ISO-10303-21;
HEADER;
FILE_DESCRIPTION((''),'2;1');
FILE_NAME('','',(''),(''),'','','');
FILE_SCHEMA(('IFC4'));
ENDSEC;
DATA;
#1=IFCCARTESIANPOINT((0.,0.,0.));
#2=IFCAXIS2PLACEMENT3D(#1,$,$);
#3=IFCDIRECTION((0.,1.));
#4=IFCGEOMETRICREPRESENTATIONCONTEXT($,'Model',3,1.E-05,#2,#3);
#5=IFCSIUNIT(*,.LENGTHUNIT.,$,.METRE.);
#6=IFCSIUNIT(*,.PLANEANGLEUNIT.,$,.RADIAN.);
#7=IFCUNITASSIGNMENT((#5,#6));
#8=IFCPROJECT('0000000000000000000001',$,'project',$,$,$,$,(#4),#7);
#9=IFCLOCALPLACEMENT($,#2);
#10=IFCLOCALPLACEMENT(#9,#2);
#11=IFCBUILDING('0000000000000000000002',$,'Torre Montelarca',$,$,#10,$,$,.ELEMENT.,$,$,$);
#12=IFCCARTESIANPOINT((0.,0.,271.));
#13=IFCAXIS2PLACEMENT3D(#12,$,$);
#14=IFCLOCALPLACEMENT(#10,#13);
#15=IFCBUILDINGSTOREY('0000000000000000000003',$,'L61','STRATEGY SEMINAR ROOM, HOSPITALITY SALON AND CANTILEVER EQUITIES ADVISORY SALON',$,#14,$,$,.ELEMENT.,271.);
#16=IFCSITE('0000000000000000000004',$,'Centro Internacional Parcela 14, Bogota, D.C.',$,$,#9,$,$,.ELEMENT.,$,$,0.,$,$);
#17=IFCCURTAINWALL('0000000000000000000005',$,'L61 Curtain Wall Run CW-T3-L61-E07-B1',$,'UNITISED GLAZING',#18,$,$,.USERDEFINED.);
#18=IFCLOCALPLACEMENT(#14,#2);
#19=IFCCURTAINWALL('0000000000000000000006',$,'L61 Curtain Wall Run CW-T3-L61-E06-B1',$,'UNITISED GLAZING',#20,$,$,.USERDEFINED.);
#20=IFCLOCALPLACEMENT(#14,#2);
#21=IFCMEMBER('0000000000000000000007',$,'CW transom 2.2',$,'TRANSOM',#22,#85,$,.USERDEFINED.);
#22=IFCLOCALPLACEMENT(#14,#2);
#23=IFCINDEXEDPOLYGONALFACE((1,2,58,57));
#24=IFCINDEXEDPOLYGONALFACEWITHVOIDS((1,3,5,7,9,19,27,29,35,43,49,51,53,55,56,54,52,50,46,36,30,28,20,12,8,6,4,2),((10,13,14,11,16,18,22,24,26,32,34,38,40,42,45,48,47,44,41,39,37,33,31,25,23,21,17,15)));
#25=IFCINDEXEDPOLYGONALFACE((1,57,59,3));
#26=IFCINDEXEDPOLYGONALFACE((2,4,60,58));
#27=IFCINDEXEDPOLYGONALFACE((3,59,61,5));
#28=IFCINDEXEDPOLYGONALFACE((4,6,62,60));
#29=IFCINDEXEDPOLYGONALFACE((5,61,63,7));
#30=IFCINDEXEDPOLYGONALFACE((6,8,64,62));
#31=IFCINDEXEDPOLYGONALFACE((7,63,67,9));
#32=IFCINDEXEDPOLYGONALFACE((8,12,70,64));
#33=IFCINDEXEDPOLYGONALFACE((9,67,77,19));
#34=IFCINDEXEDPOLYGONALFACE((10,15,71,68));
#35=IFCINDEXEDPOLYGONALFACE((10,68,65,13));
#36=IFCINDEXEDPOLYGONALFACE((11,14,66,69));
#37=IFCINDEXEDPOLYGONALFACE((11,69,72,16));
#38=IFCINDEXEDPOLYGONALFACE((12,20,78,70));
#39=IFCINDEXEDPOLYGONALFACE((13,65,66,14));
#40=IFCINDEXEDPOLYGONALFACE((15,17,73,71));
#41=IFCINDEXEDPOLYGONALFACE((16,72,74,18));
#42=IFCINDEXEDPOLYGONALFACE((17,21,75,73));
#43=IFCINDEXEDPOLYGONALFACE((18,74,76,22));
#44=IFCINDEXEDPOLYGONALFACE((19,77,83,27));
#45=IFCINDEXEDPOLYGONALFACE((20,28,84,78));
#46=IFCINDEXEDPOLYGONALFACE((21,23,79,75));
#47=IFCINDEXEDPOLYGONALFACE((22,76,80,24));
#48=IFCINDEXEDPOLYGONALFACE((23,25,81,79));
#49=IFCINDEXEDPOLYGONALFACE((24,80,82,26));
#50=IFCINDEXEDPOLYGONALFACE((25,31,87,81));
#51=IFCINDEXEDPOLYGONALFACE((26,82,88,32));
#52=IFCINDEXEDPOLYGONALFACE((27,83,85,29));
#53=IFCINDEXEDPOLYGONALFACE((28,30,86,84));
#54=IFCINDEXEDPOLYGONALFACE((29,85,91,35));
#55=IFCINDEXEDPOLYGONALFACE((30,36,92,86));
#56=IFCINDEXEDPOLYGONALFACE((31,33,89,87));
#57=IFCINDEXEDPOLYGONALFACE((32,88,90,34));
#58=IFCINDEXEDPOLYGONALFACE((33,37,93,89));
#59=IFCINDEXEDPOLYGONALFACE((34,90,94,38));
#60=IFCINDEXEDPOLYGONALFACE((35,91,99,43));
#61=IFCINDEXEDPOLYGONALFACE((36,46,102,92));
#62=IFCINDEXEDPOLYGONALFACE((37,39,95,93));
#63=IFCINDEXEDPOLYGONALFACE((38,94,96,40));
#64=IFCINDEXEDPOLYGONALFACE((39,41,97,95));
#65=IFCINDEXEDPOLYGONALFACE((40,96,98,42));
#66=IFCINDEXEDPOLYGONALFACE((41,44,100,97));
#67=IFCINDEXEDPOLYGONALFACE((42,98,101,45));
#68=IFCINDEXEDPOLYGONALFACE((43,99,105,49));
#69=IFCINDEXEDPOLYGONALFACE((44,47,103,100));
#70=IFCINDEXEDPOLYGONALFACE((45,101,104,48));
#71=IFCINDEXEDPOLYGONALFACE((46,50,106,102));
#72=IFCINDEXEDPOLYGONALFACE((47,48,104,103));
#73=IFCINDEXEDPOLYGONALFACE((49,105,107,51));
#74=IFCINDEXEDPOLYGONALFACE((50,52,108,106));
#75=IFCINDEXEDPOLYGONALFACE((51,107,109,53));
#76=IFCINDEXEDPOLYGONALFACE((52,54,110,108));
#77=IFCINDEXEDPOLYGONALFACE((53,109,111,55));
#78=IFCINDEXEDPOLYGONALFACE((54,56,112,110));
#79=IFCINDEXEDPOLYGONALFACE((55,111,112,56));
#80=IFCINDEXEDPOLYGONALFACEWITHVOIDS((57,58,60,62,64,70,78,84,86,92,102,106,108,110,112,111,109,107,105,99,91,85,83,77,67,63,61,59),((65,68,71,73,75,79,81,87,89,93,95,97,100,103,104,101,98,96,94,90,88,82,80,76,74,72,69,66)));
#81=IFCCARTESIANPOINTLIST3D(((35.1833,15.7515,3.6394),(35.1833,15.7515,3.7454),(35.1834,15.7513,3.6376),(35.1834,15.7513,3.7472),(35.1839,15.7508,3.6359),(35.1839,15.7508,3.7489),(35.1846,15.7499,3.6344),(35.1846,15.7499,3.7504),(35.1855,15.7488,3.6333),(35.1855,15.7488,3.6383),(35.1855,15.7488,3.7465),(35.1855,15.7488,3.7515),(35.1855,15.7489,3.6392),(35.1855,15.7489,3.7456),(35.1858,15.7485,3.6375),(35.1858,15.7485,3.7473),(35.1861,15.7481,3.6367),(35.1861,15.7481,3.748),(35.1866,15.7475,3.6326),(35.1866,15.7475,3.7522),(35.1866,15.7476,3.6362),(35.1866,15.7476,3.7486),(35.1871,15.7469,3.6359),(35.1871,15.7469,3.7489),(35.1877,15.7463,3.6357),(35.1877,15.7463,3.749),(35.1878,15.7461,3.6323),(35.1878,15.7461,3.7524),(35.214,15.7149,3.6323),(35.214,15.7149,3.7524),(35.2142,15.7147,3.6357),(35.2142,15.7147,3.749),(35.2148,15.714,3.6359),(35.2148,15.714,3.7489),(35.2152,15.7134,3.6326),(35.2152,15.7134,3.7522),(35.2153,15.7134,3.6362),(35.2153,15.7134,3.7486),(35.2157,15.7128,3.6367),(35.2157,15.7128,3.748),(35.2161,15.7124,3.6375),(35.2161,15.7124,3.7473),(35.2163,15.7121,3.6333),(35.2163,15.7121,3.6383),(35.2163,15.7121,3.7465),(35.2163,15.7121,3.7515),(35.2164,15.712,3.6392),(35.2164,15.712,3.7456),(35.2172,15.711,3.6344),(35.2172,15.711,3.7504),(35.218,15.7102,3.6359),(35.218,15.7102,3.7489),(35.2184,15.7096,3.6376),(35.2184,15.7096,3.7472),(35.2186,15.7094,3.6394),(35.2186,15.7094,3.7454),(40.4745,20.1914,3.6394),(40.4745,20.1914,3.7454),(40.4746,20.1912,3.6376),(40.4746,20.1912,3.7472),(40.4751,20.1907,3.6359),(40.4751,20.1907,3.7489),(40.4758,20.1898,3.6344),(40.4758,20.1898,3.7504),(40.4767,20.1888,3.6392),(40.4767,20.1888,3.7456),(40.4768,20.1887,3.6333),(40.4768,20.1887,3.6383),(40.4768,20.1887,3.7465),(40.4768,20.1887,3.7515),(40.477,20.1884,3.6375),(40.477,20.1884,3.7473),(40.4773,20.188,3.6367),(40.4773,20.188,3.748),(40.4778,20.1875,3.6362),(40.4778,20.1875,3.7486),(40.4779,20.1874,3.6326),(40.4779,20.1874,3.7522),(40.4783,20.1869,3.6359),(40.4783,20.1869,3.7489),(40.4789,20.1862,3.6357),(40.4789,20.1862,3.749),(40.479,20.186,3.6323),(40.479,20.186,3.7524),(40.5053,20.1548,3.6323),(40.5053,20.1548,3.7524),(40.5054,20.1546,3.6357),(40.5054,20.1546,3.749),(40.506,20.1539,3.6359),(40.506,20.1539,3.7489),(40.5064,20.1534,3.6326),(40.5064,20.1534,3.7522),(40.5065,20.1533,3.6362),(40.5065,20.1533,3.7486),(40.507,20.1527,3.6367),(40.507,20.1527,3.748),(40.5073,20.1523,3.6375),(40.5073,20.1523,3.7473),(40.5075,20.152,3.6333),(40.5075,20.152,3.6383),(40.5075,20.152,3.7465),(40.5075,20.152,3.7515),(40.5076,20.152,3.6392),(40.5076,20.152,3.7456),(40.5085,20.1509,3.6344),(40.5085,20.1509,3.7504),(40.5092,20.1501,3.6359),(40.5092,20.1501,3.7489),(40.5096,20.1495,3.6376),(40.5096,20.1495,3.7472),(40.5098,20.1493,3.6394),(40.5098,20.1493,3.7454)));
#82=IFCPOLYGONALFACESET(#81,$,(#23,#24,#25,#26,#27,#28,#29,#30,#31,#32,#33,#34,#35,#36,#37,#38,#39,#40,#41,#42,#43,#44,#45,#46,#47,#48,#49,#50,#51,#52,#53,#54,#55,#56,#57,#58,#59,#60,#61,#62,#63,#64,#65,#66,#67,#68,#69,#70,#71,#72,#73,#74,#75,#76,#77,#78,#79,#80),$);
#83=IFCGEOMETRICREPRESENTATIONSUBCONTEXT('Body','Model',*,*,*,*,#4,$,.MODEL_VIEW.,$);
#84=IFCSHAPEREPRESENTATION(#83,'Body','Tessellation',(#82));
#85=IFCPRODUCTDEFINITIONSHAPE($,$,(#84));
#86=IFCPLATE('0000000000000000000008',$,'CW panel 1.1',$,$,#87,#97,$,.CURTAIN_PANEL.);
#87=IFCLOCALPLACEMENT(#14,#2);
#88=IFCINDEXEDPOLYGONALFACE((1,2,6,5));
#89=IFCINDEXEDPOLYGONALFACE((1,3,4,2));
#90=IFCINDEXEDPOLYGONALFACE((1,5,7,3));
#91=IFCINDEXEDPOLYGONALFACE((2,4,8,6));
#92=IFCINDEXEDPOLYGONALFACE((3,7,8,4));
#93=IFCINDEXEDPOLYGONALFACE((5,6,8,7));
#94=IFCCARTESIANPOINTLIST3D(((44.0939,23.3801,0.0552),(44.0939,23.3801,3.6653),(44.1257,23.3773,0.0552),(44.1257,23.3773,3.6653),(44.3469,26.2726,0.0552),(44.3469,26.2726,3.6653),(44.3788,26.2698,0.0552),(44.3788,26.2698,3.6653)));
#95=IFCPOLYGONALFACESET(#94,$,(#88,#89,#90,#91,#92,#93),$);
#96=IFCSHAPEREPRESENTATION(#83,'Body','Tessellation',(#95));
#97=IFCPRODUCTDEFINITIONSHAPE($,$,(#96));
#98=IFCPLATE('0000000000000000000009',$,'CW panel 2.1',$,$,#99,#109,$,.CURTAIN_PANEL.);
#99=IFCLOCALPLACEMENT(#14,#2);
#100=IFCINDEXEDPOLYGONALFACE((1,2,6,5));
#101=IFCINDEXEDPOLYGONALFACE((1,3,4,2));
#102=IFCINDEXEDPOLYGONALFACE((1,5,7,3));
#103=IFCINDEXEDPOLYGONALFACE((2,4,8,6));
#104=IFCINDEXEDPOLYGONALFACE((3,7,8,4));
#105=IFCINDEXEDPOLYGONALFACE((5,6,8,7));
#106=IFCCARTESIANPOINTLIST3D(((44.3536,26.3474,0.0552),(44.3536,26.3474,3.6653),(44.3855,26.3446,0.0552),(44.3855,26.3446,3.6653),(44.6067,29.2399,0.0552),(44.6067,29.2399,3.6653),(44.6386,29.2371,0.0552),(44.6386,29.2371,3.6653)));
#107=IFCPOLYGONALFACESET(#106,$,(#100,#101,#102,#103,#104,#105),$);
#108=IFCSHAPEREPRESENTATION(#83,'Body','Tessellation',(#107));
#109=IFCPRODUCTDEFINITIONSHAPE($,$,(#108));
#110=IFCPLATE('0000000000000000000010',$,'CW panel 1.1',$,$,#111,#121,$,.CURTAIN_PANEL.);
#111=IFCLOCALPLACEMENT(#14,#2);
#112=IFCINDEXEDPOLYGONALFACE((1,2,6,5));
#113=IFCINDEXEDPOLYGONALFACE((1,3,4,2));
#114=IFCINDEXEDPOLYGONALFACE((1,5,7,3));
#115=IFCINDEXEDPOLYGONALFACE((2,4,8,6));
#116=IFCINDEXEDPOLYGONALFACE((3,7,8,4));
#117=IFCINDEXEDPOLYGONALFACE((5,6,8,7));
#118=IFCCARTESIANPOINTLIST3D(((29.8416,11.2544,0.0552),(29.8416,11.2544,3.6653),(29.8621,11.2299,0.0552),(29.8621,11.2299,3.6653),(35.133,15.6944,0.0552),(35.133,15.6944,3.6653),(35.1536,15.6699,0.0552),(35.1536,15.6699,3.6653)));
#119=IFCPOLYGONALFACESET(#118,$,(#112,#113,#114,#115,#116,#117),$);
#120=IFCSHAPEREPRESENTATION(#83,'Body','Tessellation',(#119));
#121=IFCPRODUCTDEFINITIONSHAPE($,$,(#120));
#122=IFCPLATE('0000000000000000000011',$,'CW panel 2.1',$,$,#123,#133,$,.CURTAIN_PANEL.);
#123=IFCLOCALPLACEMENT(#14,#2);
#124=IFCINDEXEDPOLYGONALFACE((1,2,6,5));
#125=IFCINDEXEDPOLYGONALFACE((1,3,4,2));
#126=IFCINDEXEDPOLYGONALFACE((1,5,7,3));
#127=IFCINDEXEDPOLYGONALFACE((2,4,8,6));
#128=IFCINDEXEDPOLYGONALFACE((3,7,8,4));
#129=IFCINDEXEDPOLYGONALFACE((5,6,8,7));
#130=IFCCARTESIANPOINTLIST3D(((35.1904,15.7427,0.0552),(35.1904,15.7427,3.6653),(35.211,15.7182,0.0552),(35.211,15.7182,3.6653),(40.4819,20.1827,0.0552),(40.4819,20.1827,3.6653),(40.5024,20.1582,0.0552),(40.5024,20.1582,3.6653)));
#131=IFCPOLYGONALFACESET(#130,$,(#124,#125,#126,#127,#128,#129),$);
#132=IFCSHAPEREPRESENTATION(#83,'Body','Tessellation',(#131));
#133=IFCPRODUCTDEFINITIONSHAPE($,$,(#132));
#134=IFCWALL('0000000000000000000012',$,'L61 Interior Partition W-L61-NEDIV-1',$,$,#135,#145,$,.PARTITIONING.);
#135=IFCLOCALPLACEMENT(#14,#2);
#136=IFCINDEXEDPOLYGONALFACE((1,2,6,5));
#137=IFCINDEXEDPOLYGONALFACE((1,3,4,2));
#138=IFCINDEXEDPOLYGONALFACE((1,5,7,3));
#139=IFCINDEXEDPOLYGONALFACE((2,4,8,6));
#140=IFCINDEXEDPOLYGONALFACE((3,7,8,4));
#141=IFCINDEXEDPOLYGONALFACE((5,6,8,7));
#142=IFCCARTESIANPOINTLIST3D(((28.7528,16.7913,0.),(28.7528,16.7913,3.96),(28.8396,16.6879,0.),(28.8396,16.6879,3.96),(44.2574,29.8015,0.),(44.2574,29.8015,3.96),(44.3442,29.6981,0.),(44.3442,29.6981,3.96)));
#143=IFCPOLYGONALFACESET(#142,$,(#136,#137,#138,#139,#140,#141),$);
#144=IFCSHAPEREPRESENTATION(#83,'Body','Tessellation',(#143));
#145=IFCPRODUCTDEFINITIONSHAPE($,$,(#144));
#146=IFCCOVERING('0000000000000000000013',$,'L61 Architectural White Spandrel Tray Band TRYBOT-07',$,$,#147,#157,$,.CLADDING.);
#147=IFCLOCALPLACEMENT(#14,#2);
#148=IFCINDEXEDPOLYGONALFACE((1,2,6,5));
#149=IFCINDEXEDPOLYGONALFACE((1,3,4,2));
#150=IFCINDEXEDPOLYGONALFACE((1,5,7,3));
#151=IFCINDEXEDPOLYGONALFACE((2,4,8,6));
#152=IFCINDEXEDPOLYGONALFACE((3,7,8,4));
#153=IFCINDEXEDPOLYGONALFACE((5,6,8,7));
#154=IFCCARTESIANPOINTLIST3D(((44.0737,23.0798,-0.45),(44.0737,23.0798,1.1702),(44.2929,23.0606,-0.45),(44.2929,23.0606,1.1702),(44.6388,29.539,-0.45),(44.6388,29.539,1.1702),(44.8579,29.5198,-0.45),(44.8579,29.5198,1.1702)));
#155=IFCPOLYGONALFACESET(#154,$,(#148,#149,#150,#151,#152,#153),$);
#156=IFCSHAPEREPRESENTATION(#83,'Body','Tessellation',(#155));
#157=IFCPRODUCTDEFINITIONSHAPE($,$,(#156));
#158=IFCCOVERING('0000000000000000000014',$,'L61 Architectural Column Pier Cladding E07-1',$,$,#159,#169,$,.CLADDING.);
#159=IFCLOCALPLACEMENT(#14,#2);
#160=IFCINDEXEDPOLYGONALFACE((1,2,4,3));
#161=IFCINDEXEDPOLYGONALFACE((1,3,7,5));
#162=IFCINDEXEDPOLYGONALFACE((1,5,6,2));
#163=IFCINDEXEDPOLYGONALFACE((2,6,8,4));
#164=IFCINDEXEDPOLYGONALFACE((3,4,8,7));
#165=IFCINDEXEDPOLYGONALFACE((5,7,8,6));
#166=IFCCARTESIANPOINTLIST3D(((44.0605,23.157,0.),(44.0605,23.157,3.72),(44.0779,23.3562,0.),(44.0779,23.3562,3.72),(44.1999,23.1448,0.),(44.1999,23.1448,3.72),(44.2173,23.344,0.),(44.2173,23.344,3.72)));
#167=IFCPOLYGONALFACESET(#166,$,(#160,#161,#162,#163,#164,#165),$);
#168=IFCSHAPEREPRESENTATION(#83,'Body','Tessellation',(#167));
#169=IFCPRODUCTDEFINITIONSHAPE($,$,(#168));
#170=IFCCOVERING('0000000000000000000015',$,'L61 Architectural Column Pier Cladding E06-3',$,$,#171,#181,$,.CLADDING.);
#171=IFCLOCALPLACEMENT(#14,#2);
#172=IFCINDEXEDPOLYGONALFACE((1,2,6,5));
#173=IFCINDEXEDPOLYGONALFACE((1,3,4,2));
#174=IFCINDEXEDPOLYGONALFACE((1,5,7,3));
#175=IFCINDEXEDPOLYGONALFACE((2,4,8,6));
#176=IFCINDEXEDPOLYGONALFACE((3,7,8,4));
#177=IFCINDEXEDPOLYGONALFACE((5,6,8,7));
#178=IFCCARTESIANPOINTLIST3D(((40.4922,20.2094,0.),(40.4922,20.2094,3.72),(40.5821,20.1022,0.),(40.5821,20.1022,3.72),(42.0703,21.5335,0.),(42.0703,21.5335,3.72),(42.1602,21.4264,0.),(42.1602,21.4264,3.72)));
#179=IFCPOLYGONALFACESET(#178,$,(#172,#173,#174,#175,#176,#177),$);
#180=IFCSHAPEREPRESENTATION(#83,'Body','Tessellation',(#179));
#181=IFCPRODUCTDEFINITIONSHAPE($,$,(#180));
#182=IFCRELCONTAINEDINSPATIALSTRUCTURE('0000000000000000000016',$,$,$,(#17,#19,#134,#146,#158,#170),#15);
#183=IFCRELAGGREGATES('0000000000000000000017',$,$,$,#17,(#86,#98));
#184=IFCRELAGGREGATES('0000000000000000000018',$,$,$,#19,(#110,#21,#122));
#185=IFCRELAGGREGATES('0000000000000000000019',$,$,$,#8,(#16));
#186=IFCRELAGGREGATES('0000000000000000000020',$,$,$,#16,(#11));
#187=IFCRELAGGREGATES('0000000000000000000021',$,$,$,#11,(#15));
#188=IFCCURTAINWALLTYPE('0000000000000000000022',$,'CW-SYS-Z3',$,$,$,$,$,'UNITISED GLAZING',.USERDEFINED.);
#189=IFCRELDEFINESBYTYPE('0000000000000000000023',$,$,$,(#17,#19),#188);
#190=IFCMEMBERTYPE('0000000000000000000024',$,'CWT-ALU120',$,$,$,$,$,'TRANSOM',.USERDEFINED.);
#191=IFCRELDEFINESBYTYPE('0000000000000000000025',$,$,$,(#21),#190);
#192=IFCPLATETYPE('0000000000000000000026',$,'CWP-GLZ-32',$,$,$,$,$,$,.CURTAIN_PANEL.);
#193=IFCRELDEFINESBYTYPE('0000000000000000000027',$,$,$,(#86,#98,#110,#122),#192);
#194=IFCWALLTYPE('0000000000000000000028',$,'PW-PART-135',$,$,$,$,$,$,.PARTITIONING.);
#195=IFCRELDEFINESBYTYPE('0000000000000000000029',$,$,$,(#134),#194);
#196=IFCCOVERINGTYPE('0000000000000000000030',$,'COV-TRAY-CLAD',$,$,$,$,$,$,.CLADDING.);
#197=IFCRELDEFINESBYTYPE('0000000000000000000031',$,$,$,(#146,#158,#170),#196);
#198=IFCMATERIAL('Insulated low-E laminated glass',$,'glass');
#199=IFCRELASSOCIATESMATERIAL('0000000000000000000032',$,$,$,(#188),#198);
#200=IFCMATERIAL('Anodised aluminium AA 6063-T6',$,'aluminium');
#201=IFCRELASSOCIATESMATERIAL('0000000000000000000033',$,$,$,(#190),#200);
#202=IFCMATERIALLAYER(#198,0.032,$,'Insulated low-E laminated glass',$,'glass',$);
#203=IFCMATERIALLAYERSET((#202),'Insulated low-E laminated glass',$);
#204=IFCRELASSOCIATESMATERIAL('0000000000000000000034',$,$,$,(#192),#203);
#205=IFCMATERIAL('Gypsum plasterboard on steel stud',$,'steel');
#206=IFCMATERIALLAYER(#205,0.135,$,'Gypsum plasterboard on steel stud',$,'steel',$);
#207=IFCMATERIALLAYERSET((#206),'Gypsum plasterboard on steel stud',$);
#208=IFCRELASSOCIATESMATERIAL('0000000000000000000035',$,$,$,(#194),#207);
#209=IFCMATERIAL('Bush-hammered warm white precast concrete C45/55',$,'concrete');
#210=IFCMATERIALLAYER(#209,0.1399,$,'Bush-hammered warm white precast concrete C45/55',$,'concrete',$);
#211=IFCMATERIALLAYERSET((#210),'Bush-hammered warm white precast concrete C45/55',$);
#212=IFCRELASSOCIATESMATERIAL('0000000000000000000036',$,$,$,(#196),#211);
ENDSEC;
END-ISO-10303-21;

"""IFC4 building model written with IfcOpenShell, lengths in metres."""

from ifc_helpers import new_model, si_unit, direction, frame, frame_2d, origin, origin_2d, place, context, subcontext, project, spatial, rectangle, hollow_rectangle, extrude, source, transform, mapped, material, layer, layer_set, material_profile, profile_set, type_object, element, aggregate, save


model = new_model("IFC4")

# Units and contexts
model_context = context("Model", 3, precision=1e-05, world=origin(), true_north=direction((0.0, 1.0)))
body_context = subcontext(model_context, "Body", "Model", "MODEL_VIEW")
ifc_project = project(units=[si_unit("LENGTHUNIT", "METRE"), si_unit("PLANEANGLEUNIT", "RADIAN")], contexts=[model_context])

# Site, building, storey
site_placement = place(None, origin())
site = spatial("IfcSite", under=ifc_project, at=site_placement, Name="Centro Internacional Parcela 14, Bogota, D.C.", CompositionType="ELEMENT", RefElevation=0.0)
building_placement = place(site_placement, origin())
building = spatial("IfcBuilding", under=site, at=building_placement, Name="Torre Montelarca", CompositionType="ELEMENT")
storey_placement = place(building_placement, frame((0.0, 0.0, 271.0)))
storey = spatial("IfcBuildingStorey", under=building, at=storey_placement, Name="L61", Description="STRATEGY SEMINAR ROOM, HOSPITALITY SALON AND CANTILEVER EQUITIES ADVISORY SALON", CompositionType="ELEMENT", Elevation=271.0)

# Curtain walls
ifc_material_1 = material(Name="Insulated low-E laminated glass", Category="glass")
curtain_wall_type = type_object("IfcCurtainWallType", Name="CW-SYS-Z3", ElementType="UNITISED GLAZING", PredefinedType="USERDEFINED", material=ifc_material_1)
curtain_wall_1_placement = place(storey_placement, origin())
curtain_wall_1 = element("IfcCurtainWall", 1, at=curtain_wall_1_placement, inside=storey, type_object=curtain_wall_type, Name="L61 Curtain Wall Run CW-T3-L61-E07-B1", ObjectType="UNITISED GLAZING", PredefinedType="USERDEFINED")
ifc_material_2 = material(Name="Anodised aluminium AA 6063-T6", Category="aluminium")
ifc_material_profile_1 = material_profile(ifc_material_2, hollow_rectangle(XDim=0.0549, YDim=0.1201, WallThickness=0.0034, InnerFilletRadius=0.0034, OuterFilletRadius=0.0071, at=origin_2d()), Name="ALU55X120X3.5", Category="aluminium")
ifc_profile_set_1 = profile_set([ifc_material_profile_1], Name="Anodised aluminium AA 6063-T6")
member_type_1 = type_object("IfcMemberType", Name="CWT-ALU120", ElementType="TRANSOM", PredefinedType="USERDEFINED", material=ifc_profile_set_1)
curtain_wall_2_placement = place(storey_placement, origin())
curtain_wall_2 = element("IfcCurtainWall", 2, at=curtain_wall_2_placement, inside=storey, type_object=curtain_wall_type, Name="L61 Curtain Wall Run CW-T3-L61-E06-B1", ObjectType="UNITISED GLAZING", PredefinedType="USERDEFINED")

# Member
shared_shape_1 = source(origin(), body_context, "Body", "SweptSolid", [
    extrude(hollow_rectangle(XDim=0.0549, YDim=0.1201, WallThickness=0.0034, InnerFilletRadius=0.0034, OuterFilletRadius=0.0071, at=origin_2d()), origin(), (0.0, 0.0, 1.0), 6.9072),
])
member_1_placement = place(storey_placement, frame((35.2009, 15.7305, 3.6924), z_axis=(0.766041, 0.642792, 0.0), x_axis=(-0.642792, 0.766041, 0.0)))
member_1 = element("IfcMember", 3, at=member_1_placement, type_object=member_type_1, Name="CW transom 2.2", ObjectType="TRANSOM", PredefinedType="USERDEFINED", context=body_context, shape_type="MappedRepresentation", body=[
    mapped(shared_shape_1, transform((0.0, 0.0, 0.0), scale=1.0)),
])

# Plates
ifc_layer_1 = layer(ifc_material_1, 0.032, Name="Insulated low-E laminated glass", Category="glass")
ifc_layer_set_1 = layer_set([ifc_layer_1], Name="Insulated low-E laminated glass")
plate_type = type_object("IfcPlateType", Name="CWP-GLZ-32", PredefinedType="CURTAIN_PANEL", material=ifc_layer_set_1)
shared_shape_2 = source(origin(), body_context, "Body", "SweptSolid", [
    extrude(rectangle(XDim=2.9036, YDim=0.032, at=origin_2d()), origin(), (0.0, 0.0, 1.0), 3.6101),
])
plate_1_placement = place(storey_placement, frame((44.2363, 24.825, 0.0552), z_axis=(0.0, 0.0, 1.0), x_axis=(0.087166, 0.996194, 0.0)))
plate_1 = element("IfcPlate", 4, at=plate_1_placement, type_object=plate_type, Name="CW panel 1.1", PredefinedType="CURTAIN_PANEL", context=body_context, shape_type="MappedRepresentation", body=[
    mapped(shared_shape_2, transform((0.0, 0.0, 0.0), scale=1.0)),
])
plate_2_placement = place(storey_placement, frame((44.4961, 27.7922, 0.0552), z_axis=(0.0, 0.0, 1.0), x_axis=(0.087166, 0.996194, 0.0)))
plate_2 = element("IfcPlate", 5, at=plate_2_placement, type_object=plate_type, Name="CW panel 2.1", PredefinedType="CURTAIN_PANEL", context=body_context, shape_type="MappedRepresentation", body=[
    mapped(shared_shape_2, transform((0.0, 0.0, 0.0), scale=1.0)),
])
aggregate(curtain_wall_1, [plate_1, plate_2])
shared_shape_3 = source(origin(), body_context, "Body", "SweptSolid", [
    extrude(rectangle(XDim=6.9075, YDim=0.032, at=origin_2d()), origin(), (0.0, 0.0, 1.0), 3.6101),
])
plate_3_placement = place(storey_placement, frame((32.4976, 13.4622, 0.0552), z_axis=(0.0, 0.0, 1.0), x_axis=(0.766044, 0.642788, 0.0)))
plate_3 = element("IfcPlate", 6, at=plate_3_placement, type_object=plate_type, Name="CW panel 1.1", PredefinedType="CURTAIN_PANEL", context=body_context, shape_type="MappedRepresentation", body=[
    mapped(shared_shape_3, transform((0.0, 0.0, 0.0), scale=1.0)),
])
plate_4_placement = place(storey_placement, frame((37.8464, 17.9504, 0.0552), z_axis=(0.0, 0.0, 1.0), x_axis=(0.766044, 0.642788, 0.0)))
plate_4 = element("IfcPlate", 7, at=plate_4_placement, type_object=plate_type, Name="CW panel 2.1", PredefinedType="CURTAIN_PANEL", context=body_context, shape_type="MappedRepresentation", body=[
    mapped(shared_shape_3, transform((0.0, 0.0, 0.0), scale=1.0)),
])
aggregate(curtain_wall_2, [plate_3, member_1, plate_4])

# Wall
ifc_material_3 = material(Name="Gypsum plasterboard on steel stud", Category="steel")
ifc_layer_2 = layer(ifc_material_3, 0.135, Name="Gypsum plasterboard on steel stud", Category="steel")
ifc_layer_set_2 = layer_set([ifc_layer_2], Name="Gypsum plasterboard on steel stud")
wall_type = type_object("IfcWallType", Name="PW-PART-135", PredefinedType="PARTITIONING", material=ifc_layer_set_2)
wall_placement = place(storey_placement, frame((28.7961, 16.7395, 0.0), z_axis=(0.0, 0.0, 1.0), x_axis=(0.766037, 0.642797, 0.0)))
element("IfcWall", 8, at=wall_placement, inside=storey, type_object=wall_type, Name="L61 Interior Partition W-L61-NEDIV-1", PredefinedType="PARTITIONING", context=body_context, shape_type="SweptSolid", body=[
    extrude(rectangle(XDim=20.24, YDim=0.135, at=frame_2d((10.1201, 0.0))), origin(), (0.0, 0.0, 1.0), 3.96),
])

# Coverings
ifc_material_4 = material(Name="Bush-hammered warm white precast concrete C45/55", Category="concrete")
ifc_layer_3 = layer(ifc_material_4, 0.1399, Name="Bush-hammered warm white precast concrete C45/55", Category="concrete")
ifc_layer_set_3 = layer_set([ifc_layer_3], Name="Bush-hammered warm white precast concrete C45/55")
covering_type = type_object("IfcCoveringType", Name="COV-TRAY-CLAD", PredefinedType="CLADDING", material=ifc_layer_set_3)
shared_shape_4 = source(origin(), body_context, "Body", "SweptSolid", [
    extrude(rectangle(XDim=6.4839, YDim=0.22, at=origin_2d()), origin(), (0.0, 0.0, 1.0), 1.6201),
])
covering_1_placement = place(storey_placement, frame((44.4658, 26.2998, -0.45), z_axis=(0.0, 0.0, 1.0), x_axis=(0.087147, 0.996195, 0.0)))
element("IfcCovering", 9, at=covering_1_placement, inside=storey, type_object=covering_type, Name="L61 Architectural White Spandrel Tray Band TRYBOT-07", PredefinedType="CLADDING", context=body_context, shape_type="MappedRepresentation", body=[
    mapped(shared_shape_4, transform((0.0, 0.0, 0.0), scale=1.0)),
])
shared_shape_5 = source(origin(), body_context, "Body", "SweptSolid", [
    extrude(rectangle(XDim=0.2, YDim=0.1399, at=origin_2d()), origin(), (0.0, 0.0, 1.0), 3.72),
])
covering_2_placement = place(storey_placement, frame((44.1389, 23.2505, 0.0), z_axis=(0.0, 0.0, 1.0), x_axis=(0.087161, 0.996194, 0.0)))
element("IfcCovering", 10, at=covering_2_placement, inside=storey, type_object=covering_type, Name="L61 Architectural Column Pier Cladding E07-1", PredefinedType="CLADDING", context=body_context, shape_type="MappedRepresentation", body=[
    mapped(shared_shape_5, transform((0.0, 0.0, 0.0), scale=1.0)),
])
shared_shape_6 = source(origin(), body_context, "Body", "SweptSolid", [
    extrude(rectangle(XDim=2.0601, YDim=0.1399, at=origin_2d()), origin(), (0.0, 0.0, 1.0), 3.72),
])
covering_3_placement = place(storey_placement, frame((41.3262, 20.8179, 0.0), z_axis=(0.0, 0.0, 1.0), x_axis=(0.766044, 0.642788, 0.0)))
element("IfcCovering", 11, at=covering_3_placement, inside=storey, type_object=covering_type, Name="L61 Architectural Column Pier Cladding E06-3", PredefinedType="CLADDING", context=body_context, shape_type="MappedRepresentation", body=[
    mapped(shared_shape_6, transform((0.0, 0.0, 0.0), scale=1.0)),
])

save(model, "model.ifc")
